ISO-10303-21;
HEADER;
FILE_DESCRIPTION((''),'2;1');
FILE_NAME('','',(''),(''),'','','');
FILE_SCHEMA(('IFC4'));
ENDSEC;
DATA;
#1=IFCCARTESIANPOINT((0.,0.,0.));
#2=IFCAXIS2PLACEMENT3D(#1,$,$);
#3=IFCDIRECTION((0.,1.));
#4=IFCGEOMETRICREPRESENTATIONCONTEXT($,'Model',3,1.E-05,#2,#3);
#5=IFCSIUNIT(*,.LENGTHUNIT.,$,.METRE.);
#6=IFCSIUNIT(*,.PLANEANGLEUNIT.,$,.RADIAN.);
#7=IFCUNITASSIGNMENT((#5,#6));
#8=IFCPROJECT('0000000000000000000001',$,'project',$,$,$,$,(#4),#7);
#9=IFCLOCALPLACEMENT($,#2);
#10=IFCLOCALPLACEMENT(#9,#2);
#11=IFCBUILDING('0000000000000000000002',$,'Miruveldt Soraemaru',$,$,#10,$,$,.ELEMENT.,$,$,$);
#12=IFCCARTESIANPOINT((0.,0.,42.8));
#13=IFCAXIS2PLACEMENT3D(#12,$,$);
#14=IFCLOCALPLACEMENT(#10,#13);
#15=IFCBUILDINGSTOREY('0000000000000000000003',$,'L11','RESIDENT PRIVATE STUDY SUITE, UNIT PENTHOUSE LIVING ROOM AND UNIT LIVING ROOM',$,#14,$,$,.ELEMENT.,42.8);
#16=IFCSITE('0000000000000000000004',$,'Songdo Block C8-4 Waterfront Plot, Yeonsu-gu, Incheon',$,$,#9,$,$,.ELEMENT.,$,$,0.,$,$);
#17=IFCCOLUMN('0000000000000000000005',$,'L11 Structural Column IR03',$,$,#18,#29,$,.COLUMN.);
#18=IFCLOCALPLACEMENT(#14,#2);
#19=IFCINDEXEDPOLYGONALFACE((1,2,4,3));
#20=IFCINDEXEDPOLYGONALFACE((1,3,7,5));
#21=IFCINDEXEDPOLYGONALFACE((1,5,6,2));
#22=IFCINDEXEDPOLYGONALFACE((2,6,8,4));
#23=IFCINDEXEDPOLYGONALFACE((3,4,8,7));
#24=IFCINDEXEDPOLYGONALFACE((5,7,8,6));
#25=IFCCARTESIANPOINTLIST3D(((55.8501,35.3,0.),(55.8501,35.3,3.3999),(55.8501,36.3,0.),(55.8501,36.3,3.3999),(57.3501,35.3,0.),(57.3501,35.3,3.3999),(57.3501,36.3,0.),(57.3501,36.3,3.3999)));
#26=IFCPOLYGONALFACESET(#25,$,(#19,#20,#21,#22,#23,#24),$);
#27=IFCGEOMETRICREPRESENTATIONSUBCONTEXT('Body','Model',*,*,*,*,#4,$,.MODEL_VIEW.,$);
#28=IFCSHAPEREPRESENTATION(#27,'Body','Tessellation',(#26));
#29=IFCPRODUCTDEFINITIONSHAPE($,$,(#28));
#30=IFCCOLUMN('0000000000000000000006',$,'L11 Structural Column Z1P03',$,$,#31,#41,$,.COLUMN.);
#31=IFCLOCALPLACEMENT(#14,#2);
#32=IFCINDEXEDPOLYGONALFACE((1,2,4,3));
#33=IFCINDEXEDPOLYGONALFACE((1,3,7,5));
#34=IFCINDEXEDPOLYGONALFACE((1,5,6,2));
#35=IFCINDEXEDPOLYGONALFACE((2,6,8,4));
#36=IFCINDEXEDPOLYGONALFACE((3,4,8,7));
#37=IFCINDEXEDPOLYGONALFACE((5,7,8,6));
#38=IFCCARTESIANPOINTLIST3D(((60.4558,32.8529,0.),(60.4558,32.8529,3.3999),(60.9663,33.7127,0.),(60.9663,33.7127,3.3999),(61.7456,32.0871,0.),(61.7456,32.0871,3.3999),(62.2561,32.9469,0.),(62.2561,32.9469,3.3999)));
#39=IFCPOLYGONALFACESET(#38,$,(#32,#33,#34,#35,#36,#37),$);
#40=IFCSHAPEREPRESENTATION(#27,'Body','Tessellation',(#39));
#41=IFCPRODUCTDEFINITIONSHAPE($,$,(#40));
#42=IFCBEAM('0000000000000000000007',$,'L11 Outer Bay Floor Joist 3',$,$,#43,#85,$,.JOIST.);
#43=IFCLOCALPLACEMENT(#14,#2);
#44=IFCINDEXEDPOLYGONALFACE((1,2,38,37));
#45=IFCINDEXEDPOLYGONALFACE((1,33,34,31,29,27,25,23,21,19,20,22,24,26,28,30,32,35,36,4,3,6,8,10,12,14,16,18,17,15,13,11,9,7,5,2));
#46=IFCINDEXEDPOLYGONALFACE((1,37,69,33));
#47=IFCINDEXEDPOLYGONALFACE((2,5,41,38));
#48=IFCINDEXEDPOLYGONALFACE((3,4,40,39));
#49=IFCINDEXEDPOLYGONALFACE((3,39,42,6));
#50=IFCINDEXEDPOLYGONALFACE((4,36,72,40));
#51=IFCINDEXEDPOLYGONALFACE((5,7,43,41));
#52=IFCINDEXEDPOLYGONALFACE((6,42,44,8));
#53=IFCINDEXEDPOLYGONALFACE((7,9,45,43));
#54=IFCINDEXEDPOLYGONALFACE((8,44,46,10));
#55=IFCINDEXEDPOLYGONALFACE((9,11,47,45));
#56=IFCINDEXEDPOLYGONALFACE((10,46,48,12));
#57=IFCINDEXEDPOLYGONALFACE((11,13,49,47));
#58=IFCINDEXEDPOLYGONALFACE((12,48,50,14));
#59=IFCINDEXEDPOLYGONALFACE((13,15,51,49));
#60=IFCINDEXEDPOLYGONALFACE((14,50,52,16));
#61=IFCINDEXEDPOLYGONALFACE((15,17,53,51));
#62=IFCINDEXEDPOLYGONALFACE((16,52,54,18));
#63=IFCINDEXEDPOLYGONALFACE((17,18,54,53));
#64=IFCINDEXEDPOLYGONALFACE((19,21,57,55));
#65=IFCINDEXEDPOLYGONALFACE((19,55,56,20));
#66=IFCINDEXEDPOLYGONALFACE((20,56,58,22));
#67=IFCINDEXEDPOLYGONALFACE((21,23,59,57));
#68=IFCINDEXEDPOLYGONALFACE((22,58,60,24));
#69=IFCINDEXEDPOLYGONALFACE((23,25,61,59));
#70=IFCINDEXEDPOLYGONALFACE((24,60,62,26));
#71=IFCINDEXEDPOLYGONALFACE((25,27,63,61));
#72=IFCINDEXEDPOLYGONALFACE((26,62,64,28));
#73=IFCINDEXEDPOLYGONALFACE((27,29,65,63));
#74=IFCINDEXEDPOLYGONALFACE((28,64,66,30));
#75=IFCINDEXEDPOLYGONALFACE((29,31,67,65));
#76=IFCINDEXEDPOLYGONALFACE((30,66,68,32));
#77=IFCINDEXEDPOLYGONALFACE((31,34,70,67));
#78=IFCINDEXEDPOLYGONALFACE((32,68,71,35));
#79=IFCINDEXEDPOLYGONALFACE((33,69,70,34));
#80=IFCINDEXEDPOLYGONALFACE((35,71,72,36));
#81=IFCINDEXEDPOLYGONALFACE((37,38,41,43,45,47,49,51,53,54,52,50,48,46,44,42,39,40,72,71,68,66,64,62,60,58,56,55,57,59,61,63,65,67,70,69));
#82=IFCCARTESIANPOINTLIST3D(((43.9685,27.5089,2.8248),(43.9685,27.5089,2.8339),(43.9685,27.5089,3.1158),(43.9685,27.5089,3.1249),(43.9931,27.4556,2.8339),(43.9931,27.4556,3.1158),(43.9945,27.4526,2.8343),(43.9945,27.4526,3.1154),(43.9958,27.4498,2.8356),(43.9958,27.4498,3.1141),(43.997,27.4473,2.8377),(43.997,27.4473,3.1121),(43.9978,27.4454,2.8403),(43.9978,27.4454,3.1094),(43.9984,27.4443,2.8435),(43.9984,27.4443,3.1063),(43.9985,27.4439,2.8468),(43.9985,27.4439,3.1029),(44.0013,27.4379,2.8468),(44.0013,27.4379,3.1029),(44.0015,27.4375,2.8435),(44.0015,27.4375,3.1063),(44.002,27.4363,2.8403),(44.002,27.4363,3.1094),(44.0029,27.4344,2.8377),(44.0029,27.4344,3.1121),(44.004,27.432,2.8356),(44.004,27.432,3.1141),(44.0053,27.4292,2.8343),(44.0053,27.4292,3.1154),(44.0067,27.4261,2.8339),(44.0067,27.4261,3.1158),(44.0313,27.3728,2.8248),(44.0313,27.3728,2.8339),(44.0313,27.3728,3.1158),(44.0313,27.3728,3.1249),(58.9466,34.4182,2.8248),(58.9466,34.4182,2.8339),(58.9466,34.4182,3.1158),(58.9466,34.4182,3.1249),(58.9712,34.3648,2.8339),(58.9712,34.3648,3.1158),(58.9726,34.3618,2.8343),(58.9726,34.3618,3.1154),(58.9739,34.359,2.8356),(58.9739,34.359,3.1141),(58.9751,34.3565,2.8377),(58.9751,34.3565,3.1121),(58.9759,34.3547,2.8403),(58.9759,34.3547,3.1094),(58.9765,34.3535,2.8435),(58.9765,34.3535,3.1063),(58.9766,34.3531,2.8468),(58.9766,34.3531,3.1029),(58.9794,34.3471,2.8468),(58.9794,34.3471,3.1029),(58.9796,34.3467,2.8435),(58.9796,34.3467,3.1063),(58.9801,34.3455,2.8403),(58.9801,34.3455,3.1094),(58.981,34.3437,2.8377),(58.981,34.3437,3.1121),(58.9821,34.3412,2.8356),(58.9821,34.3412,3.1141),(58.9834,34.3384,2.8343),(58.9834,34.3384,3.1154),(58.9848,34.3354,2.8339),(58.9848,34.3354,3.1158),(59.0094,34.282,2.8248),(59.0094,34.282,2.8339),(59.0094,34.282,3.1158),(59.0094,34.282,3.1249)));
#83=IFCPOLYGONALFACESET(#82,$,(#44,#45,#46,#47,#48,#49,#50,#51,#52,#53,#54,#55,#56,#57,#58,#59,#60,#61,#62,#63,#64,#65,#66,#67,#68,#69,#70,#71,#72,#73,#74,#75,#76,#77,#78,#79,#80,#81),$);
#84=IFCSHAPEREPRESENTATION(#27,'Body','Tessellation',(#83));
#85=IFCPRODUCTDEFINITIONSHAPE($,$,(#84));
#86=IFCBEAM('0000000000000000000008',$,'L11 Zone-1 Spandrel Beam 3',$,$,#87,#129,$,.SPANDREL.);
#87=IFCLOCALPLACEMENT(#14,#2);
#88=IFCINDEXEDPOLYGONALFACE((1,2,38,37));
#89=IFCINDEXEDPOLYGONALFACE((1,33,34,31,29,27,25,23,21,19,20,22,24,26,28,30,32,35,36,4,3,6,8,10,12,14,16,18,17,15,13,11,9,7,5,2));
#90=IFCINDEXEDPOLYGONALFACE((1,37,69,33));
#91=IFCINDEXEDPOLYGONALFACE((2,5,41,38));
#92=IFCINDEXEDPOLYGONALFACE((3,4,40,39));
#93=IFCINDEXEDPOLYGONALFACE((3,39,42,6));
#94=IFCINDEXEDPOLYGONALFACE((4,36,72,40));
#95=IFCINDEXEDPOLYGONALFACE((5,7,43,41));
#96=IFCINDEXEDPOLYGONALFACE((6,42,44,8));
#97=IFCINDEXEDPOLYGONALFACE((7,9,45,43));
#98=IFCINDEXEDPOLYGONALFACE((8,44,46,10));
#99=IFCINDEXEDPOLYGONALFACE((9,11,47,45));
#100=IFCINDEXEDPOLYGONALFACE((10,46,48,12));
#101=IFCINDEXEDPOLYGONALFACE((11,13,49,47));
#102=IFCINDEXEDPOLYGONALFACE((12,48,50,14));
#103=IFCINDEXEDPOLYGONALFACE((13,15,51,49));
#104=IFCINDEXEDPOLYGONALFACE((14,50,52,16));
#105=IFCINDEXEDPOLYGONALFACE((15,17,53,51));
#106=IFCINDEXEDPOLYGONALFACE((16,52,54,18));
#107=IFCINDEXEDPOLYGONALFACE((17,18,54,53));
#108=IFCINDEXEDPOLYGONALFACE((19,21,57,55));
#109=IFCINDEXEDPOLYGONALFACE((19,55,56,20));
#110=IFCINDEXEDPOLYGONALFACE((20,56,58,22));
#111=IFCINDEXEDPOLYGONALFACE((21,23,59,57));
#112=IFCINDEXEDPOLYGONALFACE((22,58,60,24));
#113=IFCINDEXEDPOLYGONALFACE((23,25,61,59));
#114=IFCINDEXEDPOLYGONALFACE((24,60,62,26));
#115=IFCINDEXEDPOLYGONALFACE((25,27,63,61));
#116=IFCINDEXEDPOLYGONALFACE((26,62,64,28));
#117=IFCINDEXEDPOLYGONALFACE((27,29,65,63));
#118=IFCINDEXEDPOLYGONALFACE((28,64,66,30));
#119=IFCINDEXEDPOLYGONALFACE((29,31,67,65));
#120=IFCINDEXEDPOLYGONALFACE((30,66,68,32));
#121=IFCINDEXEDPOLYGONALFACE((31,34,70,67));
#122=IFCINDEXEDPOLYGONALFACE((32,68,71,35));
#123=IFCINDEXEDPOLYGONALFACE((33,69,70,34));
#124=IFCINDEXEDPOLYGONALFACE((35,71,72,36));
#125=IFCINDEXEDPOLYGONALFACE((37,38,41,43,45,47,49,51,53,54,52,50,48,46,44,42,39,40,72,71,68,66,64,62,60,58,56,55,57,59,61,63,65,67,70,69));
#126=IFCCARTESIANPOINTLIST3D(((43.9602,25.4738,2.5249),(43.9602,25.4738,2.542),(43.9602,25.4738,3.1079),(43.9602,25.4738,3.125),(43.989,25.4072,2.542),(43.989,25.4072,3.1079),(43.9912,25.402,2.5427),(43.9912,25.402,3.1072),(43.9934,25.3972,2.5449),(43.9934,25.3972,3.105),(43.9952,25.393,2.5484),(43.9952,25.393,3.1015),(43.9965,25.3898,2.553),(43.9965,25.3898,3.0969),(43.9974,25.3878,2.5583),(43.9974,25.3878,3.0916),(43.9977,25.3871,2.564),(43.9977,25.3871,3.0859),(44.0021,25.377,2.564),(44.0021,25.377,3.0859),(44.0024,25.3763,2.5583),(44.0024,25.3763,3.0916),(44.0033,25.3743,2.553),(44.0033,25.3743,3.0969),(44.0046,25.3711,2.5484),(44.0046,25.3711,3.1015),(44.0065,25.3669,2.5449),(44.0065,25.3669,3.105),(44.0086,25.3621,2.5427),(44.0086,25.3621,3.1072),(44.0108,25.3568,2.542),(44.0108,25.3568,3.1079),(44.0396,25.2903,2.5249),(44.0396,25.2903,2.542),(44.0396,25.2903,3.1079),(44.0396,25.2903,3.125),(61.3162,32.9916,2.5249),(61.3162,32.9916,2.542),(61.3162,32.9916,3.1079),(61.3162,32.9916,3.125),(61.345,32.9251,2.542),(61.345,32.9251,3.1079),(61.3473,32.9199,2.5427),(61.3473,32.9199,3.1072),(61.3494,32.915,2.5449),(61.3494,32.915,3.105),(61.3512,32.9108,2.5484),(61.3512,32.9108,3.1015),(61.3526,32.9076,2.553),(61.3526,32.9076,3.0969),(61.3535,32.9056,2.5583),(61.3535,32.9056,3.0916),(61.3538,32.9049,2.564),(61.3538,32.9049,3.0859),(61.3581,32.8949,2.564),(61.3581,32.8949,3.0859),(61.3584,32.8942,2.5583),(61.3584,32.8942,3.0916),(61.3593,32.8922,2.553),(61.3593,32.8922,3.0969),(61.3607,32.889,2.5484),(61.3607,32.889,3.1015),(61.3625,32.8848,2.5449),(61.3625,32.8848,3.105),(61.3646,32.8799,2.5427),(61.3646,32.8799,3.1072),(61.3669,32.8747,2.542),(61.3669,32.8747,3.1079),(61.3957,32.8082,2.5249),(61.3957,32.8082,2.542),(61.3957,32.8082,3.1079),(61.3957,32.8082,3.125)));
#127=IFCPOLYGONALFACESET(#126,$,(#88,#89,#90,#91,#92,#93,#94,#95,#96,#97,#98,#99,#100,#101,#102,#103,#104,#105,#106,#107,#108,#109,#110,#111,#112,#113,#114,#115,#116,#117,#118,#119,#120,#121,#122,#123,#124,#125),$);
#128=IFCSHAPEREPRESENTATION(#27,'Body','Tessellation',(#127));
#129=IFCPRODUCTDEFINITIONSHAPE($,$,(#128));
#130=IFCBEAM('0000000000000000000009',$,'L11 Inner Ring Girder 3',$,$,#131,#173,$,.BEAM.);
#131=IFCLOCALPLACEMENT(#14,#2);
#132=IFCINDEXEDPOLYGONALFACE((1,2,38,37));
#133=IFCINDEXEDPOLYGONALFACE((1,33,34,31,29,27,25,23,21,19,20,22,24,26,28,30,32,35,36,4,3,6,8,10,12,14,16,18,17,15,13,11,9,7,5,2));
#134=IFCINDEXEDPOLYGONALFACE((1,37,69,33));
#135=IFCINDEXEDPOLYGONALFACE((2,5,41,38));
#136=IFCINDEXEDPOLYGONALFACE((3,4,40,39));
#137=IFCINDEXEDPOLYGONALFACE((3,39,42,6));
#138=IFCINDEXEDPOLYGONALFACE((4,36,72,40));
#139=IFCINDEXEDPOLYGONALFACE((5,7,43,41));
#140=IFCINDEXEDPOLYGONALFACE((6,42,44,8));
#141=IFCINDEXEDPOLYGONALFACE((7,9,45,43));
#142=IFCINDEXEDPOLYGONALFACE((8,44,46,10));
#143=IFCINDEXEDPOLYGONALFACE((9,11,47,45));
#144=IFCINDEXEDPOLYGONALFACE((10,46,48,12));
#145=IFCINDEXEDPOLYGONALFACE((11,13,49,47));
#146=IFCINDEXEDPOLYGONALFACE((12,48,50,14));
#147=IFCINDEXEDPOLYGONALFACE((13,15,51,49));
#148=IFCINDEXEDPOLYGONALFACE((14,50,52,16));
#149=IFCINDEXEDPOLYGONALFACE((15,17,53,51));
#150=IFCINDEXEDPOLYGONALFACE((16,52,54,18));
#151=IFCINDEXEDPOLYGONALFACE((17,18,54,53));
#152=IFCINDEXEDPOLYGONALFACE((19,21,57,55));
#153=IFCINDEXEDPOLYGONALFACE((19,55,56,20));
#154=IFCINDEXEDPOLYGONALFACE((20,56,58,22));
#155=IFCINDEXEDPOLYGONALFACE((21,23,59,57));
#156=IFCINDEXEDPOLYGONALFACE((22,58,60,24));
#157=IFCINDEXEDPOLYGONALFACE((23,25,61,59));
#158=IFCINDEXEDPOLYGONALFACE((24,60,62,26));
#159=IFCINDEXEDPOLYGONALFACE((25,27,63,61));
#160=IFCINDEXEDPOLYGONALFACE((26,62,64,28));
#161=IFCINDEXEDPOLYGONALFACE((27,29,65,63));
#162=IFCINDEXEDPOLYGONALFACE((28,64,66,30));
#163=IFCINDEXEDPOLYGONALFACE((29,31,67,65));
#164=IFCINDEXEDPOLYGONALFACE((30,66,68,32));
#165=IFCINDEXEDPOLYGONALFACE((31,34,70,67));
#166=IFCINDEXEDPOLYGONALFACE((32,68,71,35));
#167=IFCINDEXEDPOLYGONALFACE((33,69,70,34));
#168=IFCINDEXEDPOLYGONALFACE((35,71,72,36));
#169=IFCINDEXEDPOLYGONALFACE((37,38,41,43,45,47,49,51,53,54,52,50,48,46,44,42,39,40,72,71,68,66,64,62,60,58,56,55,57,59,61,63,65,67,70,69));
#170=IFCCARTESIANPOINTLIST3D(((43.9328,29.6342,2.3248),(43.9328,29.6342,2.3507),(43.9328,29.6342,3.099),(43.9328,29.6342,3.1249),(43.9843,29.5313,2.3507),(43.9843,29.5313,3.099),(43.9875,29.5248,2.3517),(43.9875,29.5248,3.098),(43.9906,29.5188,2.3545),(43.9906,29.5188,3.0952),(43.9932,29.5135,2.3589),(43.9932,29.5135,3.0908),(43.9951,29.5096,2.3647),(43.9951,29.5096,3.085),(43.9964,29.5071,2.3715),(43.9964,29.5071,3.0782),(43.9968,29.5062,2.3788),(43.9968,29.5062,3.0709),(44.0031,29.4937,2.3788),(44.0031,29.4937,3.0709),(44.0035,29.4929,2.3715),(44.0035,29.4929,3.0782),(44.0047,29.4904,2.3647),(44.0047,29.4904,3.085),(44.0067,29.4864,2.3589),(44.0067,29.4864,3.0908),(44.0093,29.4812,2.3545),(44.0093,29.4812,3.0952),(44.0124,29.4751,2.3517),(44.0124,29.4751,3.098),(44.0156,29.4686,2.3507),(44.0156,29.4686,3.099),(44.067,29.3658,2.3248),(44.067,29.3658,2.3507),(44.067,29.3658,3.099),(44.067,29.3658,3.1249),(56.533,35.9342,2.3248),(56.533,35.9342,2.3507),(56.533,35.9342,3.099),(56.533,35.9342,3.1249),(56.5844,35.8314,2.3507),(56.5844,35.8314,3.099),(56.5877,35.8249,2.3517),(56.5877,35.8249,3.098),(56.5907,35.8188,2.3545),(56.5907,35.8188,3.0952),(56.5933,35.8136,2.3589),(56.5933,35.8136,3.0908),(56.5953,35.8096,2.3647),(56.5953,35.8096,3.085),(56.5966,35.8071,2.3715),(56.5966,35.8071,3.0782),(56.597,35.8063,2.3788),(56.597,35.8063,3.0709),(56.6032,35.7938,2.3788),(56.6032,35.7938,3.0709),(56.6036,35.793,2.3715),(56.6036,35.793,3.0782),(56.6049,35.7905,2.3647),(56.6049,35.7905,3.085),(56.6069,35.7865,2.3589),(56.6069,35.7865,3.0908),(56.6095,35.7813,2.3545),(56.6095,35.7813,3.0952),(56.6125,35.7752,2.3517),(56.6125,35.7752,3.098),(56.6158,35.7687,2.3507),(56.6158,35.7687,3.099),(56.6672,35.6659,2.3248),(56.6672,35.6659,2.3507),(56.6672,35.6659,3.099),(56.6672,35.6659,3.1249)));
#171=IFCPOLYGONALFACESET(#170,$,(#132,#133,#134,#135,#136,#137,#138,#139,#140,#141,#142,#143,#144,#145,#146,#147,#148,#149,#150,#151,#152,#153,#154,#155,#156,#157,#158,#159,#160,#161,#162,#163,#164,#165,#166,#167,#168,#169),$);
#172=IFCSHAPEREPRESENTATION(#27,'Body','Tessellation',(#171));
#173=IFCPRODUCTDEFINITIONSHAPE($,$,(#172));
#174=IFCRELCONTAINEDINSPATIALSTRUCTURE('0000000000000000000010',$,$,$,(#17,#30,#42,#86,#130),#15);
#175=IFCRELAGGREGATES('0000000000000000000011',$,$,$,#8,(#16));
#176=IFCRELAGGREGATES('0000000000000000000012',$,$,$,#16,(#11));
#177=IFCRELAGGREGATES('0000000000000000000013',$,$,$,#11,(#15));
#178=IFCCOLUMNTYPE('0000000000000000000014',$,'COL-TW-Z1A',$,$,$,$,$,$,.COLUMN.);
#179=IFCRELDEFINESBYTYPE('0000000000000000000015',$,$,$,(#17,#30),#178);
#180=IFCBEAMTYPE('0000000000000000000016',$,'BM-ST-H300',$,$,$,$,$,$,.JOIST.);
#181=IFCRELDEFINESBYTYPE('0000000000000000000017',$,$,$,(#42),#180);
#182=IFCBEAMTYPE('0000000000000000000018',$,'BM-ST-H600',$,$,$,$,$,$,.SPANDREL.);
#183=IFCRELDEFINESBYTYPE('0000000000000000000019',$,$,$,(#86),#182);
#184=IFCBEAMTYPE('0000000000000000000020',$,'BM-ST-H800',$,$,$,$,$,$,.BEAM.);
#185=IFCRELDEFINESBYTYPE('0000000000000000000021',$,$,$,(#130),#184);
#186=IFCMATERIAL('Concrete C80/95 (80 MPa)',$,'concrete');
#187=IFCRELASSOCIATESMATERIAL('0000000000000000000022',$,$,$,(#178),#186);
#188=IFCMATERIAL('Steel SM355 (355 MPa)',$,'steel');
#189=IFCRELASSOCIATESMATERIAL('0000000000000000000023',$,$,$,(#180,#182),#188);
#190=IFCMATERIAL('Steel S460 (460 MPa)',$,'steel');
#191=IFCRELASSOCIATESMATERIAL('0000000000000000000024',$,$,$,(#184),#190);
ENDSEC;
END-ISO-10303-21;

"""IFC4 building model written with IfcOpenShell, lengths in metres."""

from ifc_helpers import new_model, si_unit, direction, frame, origin, origin_2d, place, context, subcontext, project, spatial, rectangle, i_section, extrude, material, material_profile, profile_set, type_object, element, save


model = new_model("IFC4")

# Units and contexts
model_context = context("Model", 3, precision=1e-05, world=origin(), true_north=direction((0.0, 1.0)))
body_context = subcontext(model_context, "Body", "Model", "MODEL_VIEW")
ifc_project = project(units=[si_unit("LENGTHUNIT", "METRE"), si_unit("PLANEANGLEUNIT", "RADIAN")], contexts=[model_context])

# Site, building, storey
site_placement = place(None, origin())
site = spatial("IfcSite", under=ifc_project, at=site_placement, Name="Songdo Block C8-4 Waterfront Plot, Yeonsu-gu, Incheon", CompositionType="ELEMENT", RefElevation=0.0)
building_placement = place(site_placement, origin())
building = spatial("IfcBuilding", under=site, at=building_placement, Name="Miruveldt Soraemaru", CompositionType="ELEMENT")
storey_placement = place(building_placement, frame((0.0, 0.0, 42.8)))
storey = spatial("IfcBuildingStorey", under=building, at=storey_placement, Name="L11", Description="RESIDENT PRIVATE STUDY SUITE, UNIT PENTHOUSE LIVING ROOM AND UNIT LIVING ROOM", CompositionType="ELEMENT", Elevation=42.8)

# Columns
ifc_material_1 = material(Name="Concrete C80/95 (80 MPa)", Category="concrete")
ifc_material_profile_1 = material_profile(ifc_material_1, rectangle(XDim=1.5, YDim=1.0, at=origin_2d()), Name="Concrete C80/95 (80 MPa)", Category="concrete")
ifc_profile_set_1 = profile_set([ifc_material_profile_1], Name="Concrete C80/95 (80 MPa)")
column_type = type_object("IfcColumnType", Name="COL-TW-Z1A", PredefinedType="COLUMN", material=ifc_profile_set_1)
for number, where, z_axis, x_axis, name in (
    (1, (56.6001, 35.8, 0.0), (0.0, 0.0, 1.0), (1.0, 0.0, 0.0), "L11 Structural Column IR03"),
    (2, (61.356, 32.8999, 0.0), (0.0, 0.0, 1.0), (-0.859852, 0.510543, 0.0), "L11 Structural Column Z1P03"),
):
    element("IfcColumn", number, at=place(storey_placement, frame(where, z_axis=z_axis, x_axis=x_axis)), inside=storey, type_object=column_type, Name=name, PredefinedType="COLUMN", context=body_context, shape_type="SweptSolid", body=[
        extrude(rectangle(XDim=1.5, YDim=1.0, at=origin_2d()), origin(), (0.0, 0.0, 1.0), 3.3999),
    ])

# Beams
ifc_material_2 = material(Name="Steel SM355 (355 MPa)", Category="steel")
ifc_material_profile_2 = material_profile(ifc_material_2, i_section(OverallWidth=0.1499, OverallDepth=0.3, WebThickness=0.0066, FlangeThickness=0.009, FilletRadius=0.0129, at=origin_2d()), Name="Steel SM355 (355 MPa)", Category="steel")
ifc_profile_set_2 = profile_set([ifc_material_profile_2], Name="Steel SM355 (355 MPa)")
beam_type_1 = type_object("IfcBeamType", Name="BM-ST-H300", PredefinedType="JOIST", material=ifc_profile_set_2)
beam_1_placement = place(storey_placement, frame((58.978, 34.3501, 2.9749), z_axis=(-0.908046, -0.41887, 0.0), x_axis=(0.41887, -0.908046, 0.0)))
element("IfcBeam", 3, at=beam_1_placement, inside=storey, type_object=beam_type_1, Name="L11 Outer Bay Floor Joist 3", PredefinedType="JOIST", context=body_context, shape_type="SweptSolid", body=[
    extrude(i_section(OverallWidth=0.1499, OverallDepth=0.3, WebThickness=0.0066, FlangeThickness=0.009, FilletRadius=0.0129, at=origin_2d()), origin(), (0.0, 0.0, 1.0), 16.4949),
])
ifc_material_profile_3 = material_profile(ifc_material_2, i_section(OverallWidth=0.2, OverallDepth=0.6001, WebThickness=0.011, FlangeThickness=0.0171, FilletRadius=0.022, at=origin_2d()), Name="Steel SM355 (355 MPa)", Category="steel")
ifc_profile_set_3 = profile_set([ifc_material_profile_3], Name="Steel SM355 (355 MPa)")
beam_type_2 = type_object("IfcBeamType", Name="BM-ST-H600", PredefinedType="SPANDREL", material=ifc_profile_set_3)
beam_2_placement = place(storey_placement, frame((61.356, 32.8999, 2.825), z_axis=(-0.917615, -0.39747, 0.0), x_axis=(0.39747, -0.917615, 0.0)))
element("IfcBeam", 4, at=beam_2_placement, inside=storey, type_object=beam_type_2, Name="L11 Zone-1 Spandrel Beam 3", PredefinedType="SPANDREL", context=body_context, shape_type="SweptSolid", body=[
    extrude(i_section(OverallWidth=0.2, OverallDepth=0.6001, WebThickness=0.011, FlangeThickness=0.0171, FilletRadius=0.022, at=origin_2d()), origin(), (0.0, 0.0, 1.0), 18.9143),
])
ifc_material_3 = material(Name="Steel S460 (460 MPa)", Category="steel")
ifc_material_profile_4 = material_profile(ifc_material_3, i_section(OverallWidth=0.3, OverallDepth=0.8, WebThickness=0.0139, FlangeThickness=0.0259, FilletRadius=0.0281, at=origin_2d()), Name="Steel S460 (460 MPa)", Category="steel")
ifc_profile_set_4 = profile_set([ifc_material_profile_4], Name="Steel S460 (460 MPa)")
beam_type_3 = type_object("IfcBeamType", Name="BM-ST-H800", PredefinedType="BEAM", material=ifc_profile_set_4)
beam_3_placement = place(storey_placement, frame((56.6001, 35.8, 2.7249), z_axis=(-0.894427, -0.447214, 0.0), x_axis=(0.447214, -0.894427, 0.0)))
element("IfcBeam", 5, at=beam_3_placement, inside=storey, type_object=beam_type_3, Name="L11 Inner Ring Girder 3", PredefinedType="BEAM", context=body_context, shape_type="SweptSolid", body=[
    extrude(i_section(OverallWidth=0.3, OverallDepth=0.8, WebThickness=0.0139, FlangeThickness=0.0259, FilletRadius=0.0281, at=origin_2d()), origin(), (0.0, 0.0, 1.0), 14.0874),
])

save(model, "model.ifc")
